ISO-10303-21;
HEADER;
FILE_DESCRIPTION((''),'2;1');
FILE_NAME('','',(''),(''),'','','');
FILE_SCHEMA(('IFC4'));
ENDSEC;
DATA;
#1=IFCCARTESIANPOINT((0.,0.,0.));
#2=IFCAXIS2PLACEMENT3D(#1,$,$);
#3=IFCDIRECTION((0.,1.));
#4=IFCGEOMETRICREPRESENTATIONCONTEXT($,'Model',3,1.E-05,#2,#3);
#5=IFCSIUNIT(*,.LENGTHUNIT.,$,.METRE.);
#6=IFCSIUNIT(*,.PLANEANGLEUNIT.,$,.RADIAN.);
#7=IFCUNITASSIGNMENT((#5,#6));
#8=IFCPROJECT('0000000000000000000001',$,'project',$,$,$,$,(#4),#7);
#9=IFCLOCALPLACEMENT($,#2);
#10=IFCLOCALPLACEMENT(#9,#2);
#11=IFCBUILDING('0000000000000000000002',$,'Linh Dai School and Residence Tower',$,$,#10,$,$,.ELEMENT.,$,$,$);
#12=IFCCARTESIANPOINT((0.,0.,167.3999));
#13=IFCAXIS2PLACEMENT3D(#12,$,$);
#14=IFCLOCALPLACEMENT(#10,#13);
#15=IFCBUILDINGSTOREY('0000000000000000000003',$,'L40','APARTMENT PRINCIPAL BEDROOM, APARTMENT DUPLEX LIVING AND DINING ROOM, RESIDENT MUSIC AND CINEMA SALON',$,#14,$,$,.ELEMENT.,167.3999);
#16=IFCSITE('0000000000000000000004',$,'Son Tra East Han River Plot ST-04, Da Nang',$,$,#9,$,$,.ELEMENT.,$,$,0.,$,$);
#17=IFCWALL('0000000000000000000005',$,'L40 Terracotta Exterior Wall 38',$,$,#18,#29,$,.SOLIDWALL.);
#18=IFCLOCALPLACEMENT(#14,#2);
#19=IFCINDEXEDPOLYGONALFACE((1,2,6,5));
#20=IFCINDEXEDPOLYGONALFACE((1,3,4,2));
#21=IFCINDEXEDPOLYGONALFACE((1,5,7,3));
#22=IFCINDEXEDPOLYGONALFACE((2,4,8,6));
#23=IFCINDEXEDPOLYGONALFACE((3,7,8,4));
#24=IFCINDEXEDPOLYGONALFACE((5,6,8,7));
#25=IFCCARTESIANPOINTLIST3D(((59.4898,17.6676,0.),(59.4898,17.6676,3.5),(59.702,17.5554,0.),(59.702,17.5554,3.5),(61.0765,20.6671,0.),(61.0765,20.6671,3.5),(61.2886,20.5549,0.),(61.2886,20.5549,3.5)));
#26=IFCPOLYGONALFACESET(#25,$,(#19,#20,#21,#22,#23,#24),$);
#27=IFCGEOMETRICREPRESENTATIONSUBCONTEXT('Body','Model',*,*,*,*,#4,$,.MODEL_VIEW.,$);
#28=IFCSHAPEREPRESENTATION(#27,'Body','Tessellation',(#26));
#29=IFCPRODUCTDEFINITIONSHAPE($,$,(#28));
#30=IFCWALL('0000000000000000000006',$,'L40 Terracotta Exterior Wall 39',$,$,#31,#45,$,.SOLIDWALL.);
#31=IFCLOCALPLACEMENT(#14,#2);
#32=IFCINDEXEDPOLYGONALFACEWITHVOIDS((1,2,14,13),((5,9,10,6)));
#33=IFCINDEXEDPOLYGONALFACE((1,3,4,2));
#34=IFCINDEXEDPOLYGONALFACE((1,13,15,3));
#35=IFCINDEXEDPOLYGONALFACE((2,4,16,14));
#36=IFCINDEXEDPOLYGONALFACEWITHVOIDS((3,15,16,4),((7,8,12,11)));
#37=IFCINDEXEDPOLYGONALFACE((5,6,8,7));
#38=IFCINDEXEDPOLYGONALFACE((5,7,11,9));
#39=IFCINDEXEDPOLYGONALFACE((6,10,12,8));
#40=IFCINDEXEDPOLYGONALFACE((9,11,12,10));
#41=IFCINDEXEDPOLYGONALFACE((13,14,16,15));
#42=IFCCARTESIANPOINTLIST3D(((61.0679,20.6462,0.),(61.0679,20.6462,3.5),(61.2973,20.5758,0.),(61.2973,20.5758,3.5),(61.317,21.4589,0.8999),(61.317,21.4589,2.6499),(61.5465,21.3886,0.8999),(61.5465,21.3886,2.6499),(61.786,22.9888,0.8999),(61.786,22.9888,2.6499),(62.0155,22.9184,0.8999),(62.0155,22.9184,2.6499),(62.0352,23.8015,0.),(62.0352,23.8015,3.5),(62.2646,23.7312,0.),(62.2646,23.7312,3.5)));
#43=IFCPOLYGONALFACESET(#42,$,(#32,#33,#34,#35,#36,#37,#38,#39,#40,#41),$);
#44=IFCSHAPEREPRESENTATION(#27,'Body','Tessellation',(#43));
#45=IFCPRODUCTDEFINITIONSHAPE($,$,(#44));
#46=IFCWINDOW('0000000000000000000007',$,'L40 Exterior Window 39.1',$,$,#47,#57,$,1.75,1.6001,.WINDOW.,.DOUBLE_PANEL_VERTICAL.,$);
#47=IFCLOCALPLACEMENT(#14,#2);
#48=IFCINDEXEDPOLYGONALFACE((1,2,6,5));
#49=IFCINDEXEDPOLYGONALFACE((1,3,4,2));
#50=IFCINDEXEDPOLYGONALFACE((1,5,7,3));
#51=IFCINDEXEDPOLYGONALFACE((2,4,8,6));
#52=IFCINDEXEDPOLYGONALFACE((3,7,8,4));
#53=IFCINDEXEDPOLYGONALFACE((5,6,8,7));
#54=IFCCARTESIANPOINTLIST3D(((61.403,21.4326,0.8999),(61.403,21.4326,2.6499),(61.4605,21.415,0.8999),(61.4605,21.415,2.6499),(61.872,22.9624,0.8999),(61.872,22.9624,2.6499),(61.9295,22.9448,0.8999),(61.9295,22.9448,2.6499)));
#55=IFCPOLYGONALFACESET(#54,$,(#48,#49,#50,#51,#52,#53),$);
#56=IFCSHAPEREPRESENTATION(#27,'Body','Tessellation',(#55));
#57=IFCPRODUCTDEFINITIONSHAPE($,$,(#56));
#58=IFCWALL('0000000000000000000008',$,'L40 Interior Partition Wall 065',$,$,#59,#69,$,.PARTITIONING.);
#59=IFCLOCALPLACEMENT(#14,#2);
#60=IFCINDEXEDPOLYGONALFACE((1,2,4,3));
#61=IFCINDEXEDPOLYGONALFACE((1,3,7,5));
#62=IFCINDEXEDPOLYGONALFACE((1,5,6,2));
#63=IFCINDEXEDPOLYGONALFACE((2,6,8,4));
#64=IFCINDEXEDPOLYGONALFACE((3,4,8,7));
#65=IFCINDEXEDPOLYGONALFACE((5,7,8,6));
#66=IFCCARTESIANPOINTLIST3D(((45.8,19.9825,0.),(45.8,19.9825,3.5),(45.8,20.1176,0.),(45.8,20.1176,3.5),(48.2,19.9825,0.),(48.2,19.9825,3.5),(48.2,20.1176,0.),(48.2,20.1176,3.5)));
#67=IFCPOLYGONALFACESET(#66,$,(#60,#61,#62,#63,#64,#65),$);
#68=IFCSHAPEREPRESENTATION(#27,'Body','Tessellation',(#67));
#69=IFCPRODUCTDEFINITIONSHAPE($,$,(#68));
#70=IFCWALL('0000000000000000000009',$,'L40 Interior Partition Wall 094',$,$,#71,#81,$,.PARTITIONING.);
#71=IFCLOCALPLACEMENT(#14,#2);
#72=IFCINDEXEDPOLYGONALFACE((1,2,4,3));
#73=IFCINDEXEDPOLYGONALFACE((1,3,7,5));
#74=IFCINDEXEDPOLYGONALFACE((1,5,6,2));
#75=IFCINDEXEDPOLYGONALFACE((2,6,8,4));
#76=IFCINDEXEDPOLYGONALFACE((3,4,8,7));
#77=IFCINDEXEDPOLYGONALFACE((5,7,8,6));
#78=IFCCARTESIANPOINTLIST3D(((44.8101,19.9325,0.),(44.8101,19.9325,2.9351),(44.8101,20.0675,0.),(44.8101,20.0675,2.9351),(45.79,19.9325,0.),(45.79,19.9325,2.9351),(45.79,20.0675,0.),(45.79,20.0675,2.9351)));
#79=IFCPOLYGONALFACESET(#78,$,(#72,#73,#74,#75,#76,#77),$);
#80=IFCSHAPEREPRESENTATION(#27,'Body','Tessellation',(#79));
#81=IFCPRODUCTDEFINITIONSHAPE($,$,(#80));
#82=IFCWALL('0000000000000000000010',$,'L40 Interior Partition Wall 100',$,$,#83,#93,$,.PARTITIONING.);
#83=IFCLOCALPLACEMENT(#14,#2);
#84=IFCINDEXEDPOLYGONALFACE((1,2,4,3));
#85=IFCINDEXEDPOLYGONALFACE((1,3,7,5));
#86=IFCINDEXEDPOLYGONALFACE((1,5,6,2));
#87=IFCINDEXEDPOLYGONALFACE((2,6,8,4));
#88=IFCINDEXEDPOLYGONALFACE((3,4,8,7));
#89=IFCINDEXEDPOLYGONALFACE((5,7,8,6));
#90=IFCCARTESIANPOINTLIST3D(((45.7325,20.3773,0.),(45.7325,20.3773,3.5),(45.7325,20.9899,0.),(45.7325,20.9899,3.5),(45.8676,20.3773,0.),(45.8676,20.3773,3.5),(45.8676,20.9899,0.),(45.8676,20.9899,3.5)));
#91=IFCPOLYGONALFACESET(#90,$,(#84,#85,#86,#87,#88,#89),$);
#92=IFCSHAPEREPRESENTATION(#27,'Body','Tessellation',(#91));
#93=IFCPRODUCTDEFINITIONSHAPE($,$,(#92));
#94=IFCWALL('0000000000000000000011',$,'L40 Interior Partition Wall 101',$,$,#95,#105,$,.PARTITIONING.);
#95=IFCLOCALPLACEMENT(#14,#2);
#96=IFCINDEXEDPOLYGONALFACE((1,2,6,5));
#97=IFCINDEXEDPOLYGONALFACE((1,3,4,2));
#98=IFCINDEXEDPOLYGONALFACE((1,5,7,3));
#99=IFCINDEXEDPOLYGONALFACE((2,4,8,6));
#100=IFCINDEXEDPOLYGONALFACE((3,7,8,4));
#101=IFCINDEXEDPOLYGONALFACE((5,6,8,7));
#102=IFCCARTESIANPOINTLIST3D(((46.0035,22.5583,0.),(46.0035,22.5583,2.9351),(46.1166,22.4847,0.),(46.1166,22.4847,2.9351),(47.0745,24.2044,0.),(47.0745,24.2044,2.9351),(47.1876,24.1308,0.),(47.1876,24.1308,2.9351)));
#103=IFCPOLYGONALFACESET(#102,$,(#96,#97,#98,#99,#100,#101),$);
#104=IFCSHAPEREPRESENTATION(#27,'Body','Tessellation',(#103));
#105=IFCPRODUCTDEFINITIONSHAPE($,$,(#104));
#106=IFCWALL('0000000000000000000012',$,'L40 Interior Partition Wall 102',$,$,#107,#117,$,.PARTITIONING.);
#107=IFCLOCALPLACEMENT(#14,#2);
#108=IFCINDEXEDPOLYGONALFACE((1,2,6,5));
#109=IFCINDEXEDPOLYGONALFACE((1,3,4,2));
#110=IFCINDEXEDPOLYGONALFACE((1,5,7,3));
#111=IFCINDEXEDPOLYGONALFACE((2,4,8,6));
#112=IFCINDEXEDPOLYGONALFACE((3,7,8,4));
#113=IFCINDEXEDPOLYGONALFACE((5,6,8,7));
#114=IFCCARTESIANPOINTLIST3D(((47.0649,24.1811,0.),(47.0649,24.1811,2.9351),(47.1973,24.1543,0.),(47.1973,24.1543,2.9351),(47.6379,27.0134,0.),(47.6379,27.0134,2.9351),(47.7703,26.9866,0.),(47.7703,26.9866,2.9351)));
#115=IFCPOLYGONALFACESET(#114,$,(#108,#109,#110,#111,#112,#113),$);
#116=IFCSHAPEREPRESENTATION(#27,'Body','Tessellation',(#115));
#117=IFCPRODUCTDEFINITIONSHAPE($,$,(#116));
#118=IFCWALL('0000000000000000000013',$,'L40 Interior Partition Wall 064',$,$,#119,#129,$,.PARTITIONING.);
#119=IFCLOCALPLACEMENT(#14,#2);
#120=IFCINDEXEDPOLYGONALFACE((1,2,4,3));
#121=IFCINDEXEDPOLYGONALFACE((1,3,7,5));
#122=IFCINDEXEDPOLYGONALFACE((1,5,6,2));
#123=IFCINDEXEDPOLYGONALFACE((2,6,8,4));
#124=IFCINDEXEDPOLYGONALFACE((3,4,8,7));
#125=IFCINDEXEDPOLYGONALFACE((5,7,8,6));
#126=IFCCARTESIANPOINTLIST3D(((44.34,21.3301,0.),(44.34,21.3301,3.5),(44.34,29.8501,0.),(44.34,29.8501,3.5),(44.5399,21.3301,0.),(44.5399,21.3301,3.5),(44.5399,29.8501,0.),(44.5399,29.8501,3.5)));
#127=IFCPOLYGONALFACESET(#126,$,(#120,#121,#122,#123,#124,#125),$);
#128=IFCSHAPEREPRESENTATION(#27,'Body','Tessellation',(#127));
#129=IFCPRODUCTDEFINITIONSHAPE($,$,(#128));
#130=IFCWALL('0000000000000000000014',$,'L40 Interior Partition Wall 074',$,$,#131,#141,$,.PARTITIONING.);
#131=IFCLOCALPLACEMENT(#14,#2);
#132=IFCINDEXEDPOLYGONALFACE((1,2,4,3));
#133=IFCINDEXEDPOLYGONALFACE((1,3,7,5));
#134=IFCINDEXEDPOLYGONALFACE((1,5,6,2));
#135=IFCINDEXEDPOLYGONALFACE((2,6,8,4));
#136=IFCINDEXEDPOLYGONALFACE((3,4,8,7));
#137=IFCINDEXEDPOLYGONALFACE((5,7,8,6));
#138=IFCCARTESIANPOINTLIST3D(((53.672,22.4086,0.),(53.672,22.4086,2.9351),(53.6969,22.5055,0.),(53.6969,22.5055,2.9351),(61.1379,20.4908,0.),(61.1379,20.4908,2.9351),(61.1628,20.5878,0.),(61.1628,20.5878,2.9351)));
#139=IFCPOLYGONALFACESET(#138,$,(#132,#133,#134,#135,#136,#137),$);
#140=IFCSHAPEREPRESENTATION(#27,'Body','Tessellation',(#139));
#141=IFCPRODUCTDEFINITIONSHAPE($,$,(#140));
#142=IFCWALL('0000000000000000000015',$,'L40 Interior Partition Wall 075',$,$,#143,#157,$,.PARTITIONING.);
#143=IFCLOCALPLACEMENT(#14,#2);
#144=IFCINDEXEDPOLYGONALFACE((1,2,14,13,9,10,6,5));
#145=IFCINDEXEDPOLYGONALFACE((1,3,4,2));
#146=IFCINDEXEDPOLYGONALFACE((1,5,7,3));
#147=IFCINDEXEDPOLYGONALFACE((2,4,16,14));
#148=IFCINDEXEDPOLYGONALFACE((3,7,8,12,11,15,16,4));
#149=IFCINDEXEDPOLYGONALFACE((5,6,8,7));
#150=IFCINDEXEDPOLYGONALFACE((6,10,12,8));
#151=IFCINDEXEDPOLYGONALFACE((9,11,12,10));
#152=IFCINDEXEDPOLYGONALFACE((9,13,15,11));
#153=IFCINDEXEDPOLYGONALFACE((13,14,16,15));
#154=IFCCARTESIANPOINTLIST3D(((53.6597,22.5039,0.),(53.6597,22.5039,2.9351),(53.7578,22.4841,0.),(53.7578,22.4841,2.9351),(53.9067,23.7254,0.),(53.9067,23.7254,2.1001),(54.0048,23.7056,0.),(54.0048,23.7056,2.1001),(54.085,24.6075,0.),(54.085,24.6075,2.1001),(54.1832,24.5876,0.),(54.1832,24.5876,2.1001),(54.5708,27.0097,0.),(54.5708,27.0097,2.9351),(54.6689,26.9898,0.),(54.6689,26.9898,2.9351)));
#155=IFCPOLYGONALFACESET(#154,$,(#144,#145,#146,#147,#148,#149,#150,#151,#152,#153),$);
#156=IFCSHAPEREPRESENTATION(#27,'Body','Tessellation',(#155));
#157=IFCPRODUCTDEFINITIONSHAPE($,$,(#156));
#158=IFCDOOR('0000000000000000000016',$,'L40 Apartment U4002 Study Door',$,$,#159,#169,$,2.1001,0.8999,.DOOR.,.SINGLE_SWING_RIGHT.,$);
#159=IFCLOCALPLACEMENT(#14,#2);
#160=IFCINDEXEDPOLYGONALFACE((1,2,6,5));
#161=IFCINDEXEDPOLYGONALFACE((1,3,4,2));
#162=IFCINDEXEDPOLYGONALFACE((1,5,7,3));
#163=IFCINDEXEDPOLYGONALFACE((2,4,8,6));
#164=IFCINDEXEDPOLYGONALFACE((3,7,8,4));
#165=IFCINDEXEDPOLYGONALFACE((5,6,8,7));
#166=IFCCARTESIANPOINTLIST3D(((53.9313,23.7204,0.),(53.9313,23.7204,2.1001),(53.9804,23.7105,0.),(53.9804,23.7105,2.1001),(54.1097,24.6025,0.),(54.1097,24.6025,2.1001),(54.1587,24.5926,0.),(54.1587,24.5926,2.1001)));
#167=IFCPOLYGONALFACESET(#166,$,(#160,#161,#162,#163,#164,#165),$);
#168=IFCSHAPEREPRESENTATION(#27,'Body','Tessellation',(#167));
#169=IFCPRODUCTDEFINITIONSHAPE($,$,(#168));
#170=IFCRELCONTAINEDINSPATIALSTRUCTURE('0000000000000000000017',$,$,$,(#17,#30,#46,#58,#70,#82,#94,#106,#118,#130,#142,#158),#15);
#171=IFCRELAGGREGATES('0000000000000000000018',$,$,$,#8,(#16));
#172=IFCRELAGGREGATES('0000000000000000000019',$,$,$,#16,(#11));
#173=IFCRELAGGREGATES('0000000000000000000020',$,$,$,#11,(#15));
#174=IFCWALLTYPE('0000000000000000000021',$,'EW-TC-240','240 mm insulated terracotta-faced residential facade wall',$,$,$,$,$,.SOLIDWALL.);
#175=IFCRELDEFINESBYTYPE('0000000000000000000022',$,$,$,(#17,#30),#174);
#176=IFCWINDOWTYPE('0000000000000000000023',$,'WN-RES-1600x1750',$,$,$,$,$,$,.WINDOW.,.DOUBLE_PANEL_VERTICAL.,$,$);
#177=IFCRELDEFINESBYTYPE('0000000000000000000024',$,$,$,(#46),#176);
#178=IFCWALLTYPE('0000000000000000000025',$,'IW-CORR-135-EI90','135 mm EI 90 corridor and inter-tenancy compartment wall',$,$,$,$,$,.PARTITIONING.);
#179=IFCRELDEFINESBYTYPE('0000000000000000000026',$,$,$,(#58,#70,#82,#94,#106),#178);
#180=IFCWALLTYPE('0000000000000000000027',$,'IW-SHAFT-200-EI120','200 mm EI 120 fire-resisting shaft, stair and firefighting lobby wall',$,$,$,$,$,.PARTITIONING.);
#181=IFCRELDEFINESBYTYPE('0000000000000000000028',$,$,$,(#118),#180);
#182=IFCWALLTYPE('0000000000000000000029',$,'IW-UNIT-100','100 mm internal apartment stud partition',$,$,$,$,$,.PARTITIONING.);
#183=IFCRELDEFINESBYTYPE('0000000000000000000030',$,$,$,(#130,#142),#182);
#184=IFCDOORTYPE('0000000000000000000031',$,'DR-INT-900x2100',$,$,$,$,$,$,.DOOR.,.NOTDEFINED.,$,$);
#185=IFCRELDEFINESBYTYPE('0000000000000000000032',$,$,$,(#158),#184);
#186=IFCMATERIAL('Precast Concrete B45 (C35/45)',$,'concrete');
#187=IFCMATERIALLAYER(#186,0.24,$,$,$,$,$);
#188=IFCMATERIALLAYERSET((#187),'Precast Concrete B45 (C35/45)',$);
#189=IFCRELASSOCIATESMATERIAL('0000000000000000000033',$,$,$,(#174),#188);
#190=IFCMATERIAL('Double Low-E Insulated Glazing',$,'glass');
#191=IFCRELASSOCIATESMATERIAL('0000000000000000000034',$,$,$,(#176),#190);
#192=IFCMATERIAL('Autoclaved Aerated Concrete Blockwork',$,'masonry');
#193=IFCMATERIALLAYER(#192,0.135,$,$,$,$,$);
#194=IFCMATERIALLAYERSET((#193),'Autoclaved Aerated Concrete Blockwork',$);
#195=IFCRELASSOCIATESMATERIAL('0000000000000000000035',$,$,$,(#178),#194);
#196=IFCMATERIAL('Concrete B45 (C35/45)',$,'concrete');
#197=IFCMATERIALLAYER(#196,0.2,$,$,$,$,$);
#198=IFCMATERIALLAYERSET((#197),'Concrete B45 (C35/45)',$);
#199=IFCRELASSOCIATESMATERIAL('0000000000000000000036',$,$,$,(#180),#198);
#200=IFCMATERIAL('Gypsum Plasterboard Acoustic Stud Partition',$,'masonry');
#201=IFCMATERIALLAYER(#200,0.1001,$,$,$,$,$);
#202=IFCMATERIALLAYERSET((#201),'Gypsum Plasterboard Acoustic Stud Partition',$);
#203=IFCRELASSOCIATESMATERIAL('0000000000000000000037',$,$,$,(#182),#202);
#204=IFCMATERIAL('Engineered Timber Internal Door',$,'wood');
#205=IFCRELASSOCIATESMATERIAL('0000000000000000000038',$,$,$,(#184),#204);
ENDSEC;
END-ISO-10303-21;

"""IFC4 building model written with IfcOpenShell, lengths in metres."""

from ifc_helpers import new_model, si_unit, direction, frame, frame_2d, origin, origin_2d, place, context, subcontext, project, spatial, rectangle, extrude, source, transform, mapped, material, layer, layer_set, type_object, element, fill, save


model = new_model("IFC4")

# Units and contexts
model_context = context("Model", 3, precision=1e-05, world=origin(), true_north=direction((0.0, 1.0)))
body_context = subcontext(model_context, "Body", "Model", "MODEL_VIEW")
ifc_project = project(units=[si_unit("LENGTHUNIT", "METRE"), si_unit("PLANEANGLEUNIT", "RADIAN")], contexts=[model_context])

# Site, building, storey
site_placement = place(None, origin())
site = spatial("IfcSite", under=ifc_project, at=site_placement, Name="Son Tra East Han River Plot ST-04, Da Nang", CompositionType="ELEMENT", RefElevation=0.0)
building_placement = place(site_placement, origin())
building = spatial("IfcBuilding", under=site, at=building_placement, Name="Linh Dai School and Residence Tower", CompositionType="ELEMENT")
storey_placement = place(building_placement, frame((0.0, 0.0, 167.3999)))
storey = spatial("IfcBuildingStorey", under=building, at=storey_placement, Name="L40", Description="APARTMENT PRINCIPAL BEDROOM, APARTMENT DUPLEX LIVING AND DINING ROOM, RESIDENT MUSIC AND CINEMA SALON", CompositionType="ELEMENT", Elevation=167.3999)

# Wall
ifc_material_1 = material(Name="Precast Concrete B45 (C35/45)", Category="concrete")
ifc_layer_1 = layer(ifc_material_1, 0.24)
ifc_layer_set_1 = layer_set([ifc_layer_1], Name="Precast Concrete B45 (C35/45)")
wall_type_1 = type_object("IfcWallType", Name="EW-TC-240", Description="240 mm insulated terracotta-faced residential facade wall", PredefinedType="SOLIDWALL", material=ifc_layer_set_1)
wall_1_placement = place(storey_placement, frame((61.1826, 20.6111, 0.0), z_axis=(0.0, 0.0, 1.0), x_axis=(-0.467587, -0.883947, 0.0)))
element("IfcWall", 1, at=wall_1_placement, inside=storey, type_object=wall_type_1, Name="L40 Terracotta Exterior Wall 38", PredefinedType="SOLIDWALL", context=body_context, shape_type="SweptSolid", body=[
    extrude(rectangle(XDim=3.3933, YDim=0.24, at=frame_2d((1.6968, 0.0))), origin(), (0.0, 0.0, 1.0), 3.5),
])

# Wall, opening, window
wall_2_placement = place(storey_placement, frame((62.1499, 23.7664, 0.0), z_axis=(0.0, 0.0, 1.0), x_axis=(-0.293098, -0.956082, 0.0)))
wall_2 = element("IfcWall", 2, at=wall_2_placement, inside=storey, type_object=wall_type_1, Name="L40 Terracotta Exterior Wall 39", PredefinedType="SOLIDWALL", context=body_context, shape_type="SweptSolid", body=[
    extrude(rectangle(XDim=3.3003, YDim=0.24, at=frame_2d((1.6501, 0.0))), origin(), (0.0, 0.0, 1.0), 3.5),
])
opening_1_placement = place(wall_2_placement, frame((0.8501, 0.0, 0.8999)))
opening_1 = element("IfcOpeningElement", 3, at=opening_1_placement, cuts=wall_2, PredefinedType="OPENING", context=body_context, shape_type="SweptSolid", body=[
    extrude(rectangle(XDim=1.6001, YDim=1.75, at=origin_2d()), frame((0.8, 0.1299, 0.875), z_axis=(0.0, -1.0, 0.0), x_axis=(1.0, 0.0, 0.0)), (0.0, 0.0, 1.0), 0.26),
])
ifc_material_2 = material(Name="Double Low-E Insulated Glazing", Category="glass")
window_type = type_object("IfcWindowType", Name="WN-RES-1600x1750", PartitioningType="DOUBLE_PANEL_VERTICAL", PredefinedType="WINDOW", material=ifc_material_2)
shared_shape_1 = source(origin(), body_context, "Body", "SweptSolid", [
    extrude(rectangle(XDim=1.6001, YDim=1.75, at=origin_2d()), frame((0.8, 0.03, 0.875), z_axis=(0.0, -1.0, 0.0), x_axis=(1.0, 0.0, 0.0)), (0.0, 0.0, 1.0), 0.0601),
])
window_placement = place(opening_1_placement, origin())
window = element("IfcWindow", 4, at=window_placement, inside=storey, type_object=window_type, Name="L40 Exterior Window 39.1", OverallHeight=1.75, OverallWidth=1.6001, PartitioningType="DOUBLE_PANEL_VERTICAL", PredefinedType="WINDOW", context=body_context, shape_type="MappedRepresentation", body=[
    mapped(shared_shape_1, transform((0.0, 0.0, 0.0), x_axis=(1.0, 0.0, 0.0), y_axis=(0.0, 1.0, 0.0), z_axis=(0.0, 0.0, 1.0), scale=1.0)),
])
fill(opening_1, window)

# Walls
ifc_material_3 = material(Name="Autoclaved Aerated Concrete Blockwork", Category="masonry")
ifc_layer_2 = layer(ifc_material_3, 0.135)
ifc_layer_set_2 = layer_set([ifc_layer_2], Name="Autoclaved Aerated Concrete Blockwork")
wall_type_2 = type_object("IfcWallType", Name="IW-CORR-135-EI90", Description="135 mm EI 90 corridor and inter-tenancy compartment wall", PredefinedType="PARTITIONING", material=ifc_layer_set_2)
wall_3_placement = place(storey_placement, frame((45.8, 20.05, 0.0), z_axis=(0.0, 0.0, 1.0), x_axis=(1.0, 0.0, 0.0)))
element("IfcWall", 5, at=wall_3_placement, inside=storey, type_object=wall_type_2, Name="L40 Interior Partition Wall 065", PredefinedType="PARTITIONING", context=body_context, shape_type="SweptSolid", body=[
    extrude(rectangle(XDim=2.3999, YDim=0.135, at=frame_2d((1.2, 0.0))), origin(), (0.0, 0.0, 1.0), 3.5),
])
wall_4_placement = place(storey_placement, frame((44.8101, 20.0, 0.0), z_axis=(0.0, 0.0, 1.0), x_axis=(1.0, 0.0, 0.0)))
element("IfcWall", 6, at=wall_4_placement, inside=storey, type_object=wall_type_2, Name="L40 Interior Partition Wall 094", PredefinedType="PARTITIONING", context=body_context, shape_type="SweptSolid", body=[
    extrude(rectangle(XDim=0.98, YDim=0.135, at=frame_2d((0.49, 0.0))), origin(), (0.0, 0.0, 1.0), 2.9351),
])
wall_5_placement = place(storey_placement, frame((45.8, 20.3774, 0.0), z_axis=(0.0, 0.0, 1.0), x_axis=(0.0, 1.0, 0.0)))
element("IfcWall", 7, at=wall_5_placement, inside=storey, type_object=wall_type_2, Name="L40 Interior Partition Wall 100", PredefinedType="PARTITIONING", context=body_context, shape_type="SweptSolid", body=[
    extrude(rectangle(XDim=0.6125, YDim=0.135, at=frame_2d((0.3062, 0.0))), origin(), (0.0, 0.0, 1.0), 3.5),
])
wall_6_placement = place(storey_placement, frame((46.0601, 22.5215, 0.0), z_axis=(0.0, 0.0, 1.0), x_axis=(0.545342, 0.838213, 0.0)))
element("IfcWall", 8, at=wall_6_placement, inside=storey, type_object=wall_type_2, Name="L40 Interior Partition Wall 101", PredefinedType="PARTITIONING", context=body_context, shape_type="SweptSolid", body=[
    extrude(rectangle(XDim=1.9639, YDim=0.135, at=frame_2d((0.9819, 0.0))), origin(), (0.0, 0.0, 1.0), 2.9351),
])
wall_7_placement = place(storey_placement, frame((47.1311, 24.1677, 0.0), z_axis=(0.0, 0.0, 1.0), x_axis=(0.198293, 0.980143, 0.0)))
element("IfcWall", 9, at=wall_7_placement, inside=storey, type_object=wall_type_2, Name="L40 Interior Partition Wall 102", PredefinedType="PARTITIONING", context=body_context, shape_type="SweptSolid", body=[
    extrude(rectangle(XDim=2.8896, YDim=0.135, at=frame_2d((1.4448, 0.0))), origin(), (0.0, 0.0, 1.0), 2.9351),
])
ifc_material_4 = material(Name="Concrete B45 (C35/45)", Category="concrete")
ifc_layer_3 = layer(ifc_material_4, 0.2)
ifc_layer_set_3 = layer_set([ifc_layer_3], Name="Concrete B45 (C35/45)")
wall_type_3 = type_object("IfcWallType", Name="IW-SHAFT-200-EI120", Description="200 mm EI 120 fire-resisting shaft, stair and firefighting lobby wall", PredefinedType="PARTITIONING", material=ifc_layer_set_3)
wall_8_placement = place(storey_placement, frame((44.4399, 21.3301, 0.0), z_axis=(0.0, 0.0, 1.0), x_axis=(0.0, 1.0, 0.0)))
element("IfcWall", 10, at=wall_8_placement, inside=storey, type_object=wall_type_3, Name="L40 Interior Partition Wall 064", PredefinedType="PARTITIONING", context=body_context, shape_type="SweptSolid", body=[
    extrude(rectangle(XDim=8.52, YDim=0.2, at=frame_2d((4.26, 0.0))), origin(), (0.0, 0.0, 1.0), 3.5),
])
ifc_material_5 = material(Name="Gypsum Plasterboard Acoustic Stud Partition", Category="masonry")
ifc_layer_4 = layer(ifc_material_5, 0.1001)
ifc_layer_set_4 = layer_set([ifc_layer_4], Name="Gypsum Plasterboard Acoustic Stud Partition")
wall_type_4 = type_object("IfcWallType", Name="IW-UNIT-100", Description="100 mm internal apartment stud partition", PredefinedType="PARTITIONING", material=ifc_layer_set_4)
wall_9_placement = place(storey_placement, frame((53.6846, 22.457, 0.0), z_axis=(0.0, 0.0, 1.0), x_axis=(0.968557, -0.248791, 0.0)))
element("IfcWall", 11, at=wall_9_placement, inside=storey, type_object=wall_type_4, Name="L40 Interior Partition Wall 074", PredefinedType="PARTITIONING", context=body_context, shape_type="SweptSolid", body=[
    extrude(rectangle(XDim=7.7083, YDim=0.1001, at=frame_2d((3.854, 0.0))), origin(), (0.0, 0.0, 1.0), 2.9351),
])

# Wall, opening, door
wall_10_placement = place(storey_placement, frame((53.7087, 22.4941, 0.0), z_axis=(0.0, 0.0, 1.0), x_axis=(0.198209, 0.98016, 0.0)))
wall_10 = element("IfcWall", 12, at=wall_10_placement, inside=storey, type_object=wall_type_4, Name="L40 Interior Partition Wall 075", PredefinedType="PARTITIONING", context=body_context, shape_type="SweptSolid", body=[
    extrude(rectangle(XDim=4.5969, YDim=0.1001, at=frame_2d((2.2983, 0.0))), origin(), (0.0, 0.0, 1.0), 2.9351),
])
opening_2_placement = place(wall_10_placement, frame((1.2461, 0.0, 0.0)))
opening_2 = element("IfcOpeningElement", 13, at=opening_2_placement, cuts=wall_10, PredefinedType="OPENING", context=body_context, shape_type="SweptSolid", body=[
    extrude(rectangle(XDim=0.8999, YDim=2.1001, at=origin_2d()), frame((0.45, 0.0601, 1.05), z_axis=(0.0, -1.0, 0.0), x_axis=(1.0, 0.0, 0.0)), (0.0, 0.0, 1.0), 0.1201),
])
ifc_material_6 = material(Name="Engineered Timber Internal Door", Category="wood")
door_type_1 = type_object("IfcDoorType", Name="DR-INT-900x2100", OperationType="NOTDEFINED", PredefinedType="DOOR", material=ifc_material_6)
shared_shape_2 = source(origin(), body_context, "Body", "SweptSolid", [
    extrude(rectangle(XDim=0.8999, YDim=2.1001, at=origin_2d()), frame((0.45, 0.0249, 1.05), z_axis=(0.0, -1.0, 0.0), x_axis=(1.0, 0.0, 0.0)), (0.0, 0.0, 1.0), 0.05),
])
door_1_placement = place(opening_2_placement, origin())
door_1 = element("IfcDoor", 14, at=door_1_placement, inside=storey, type_object=door_type_1, Name="L40 Apartment U4002 Study Door", OperationType="SINGLE_SWING_RIGHT", OverallHeight=2.1001, OverallWidth=0.8999, PredefinedType="DOOR", context=body_context, shape_type="MappedRepresentation", body=[
    mapped(shared_shape_2, transform((0.0, 0.0, 0.0), x_axis=(1.0, 0.0, 0.0), y_axis=(0.0, 1.0, 0.0), z_axis=(0.0, 0.0, 1.0), scale=1.0)),
])
fill(opening_2, door_1)

save(model, "model.ifc")
